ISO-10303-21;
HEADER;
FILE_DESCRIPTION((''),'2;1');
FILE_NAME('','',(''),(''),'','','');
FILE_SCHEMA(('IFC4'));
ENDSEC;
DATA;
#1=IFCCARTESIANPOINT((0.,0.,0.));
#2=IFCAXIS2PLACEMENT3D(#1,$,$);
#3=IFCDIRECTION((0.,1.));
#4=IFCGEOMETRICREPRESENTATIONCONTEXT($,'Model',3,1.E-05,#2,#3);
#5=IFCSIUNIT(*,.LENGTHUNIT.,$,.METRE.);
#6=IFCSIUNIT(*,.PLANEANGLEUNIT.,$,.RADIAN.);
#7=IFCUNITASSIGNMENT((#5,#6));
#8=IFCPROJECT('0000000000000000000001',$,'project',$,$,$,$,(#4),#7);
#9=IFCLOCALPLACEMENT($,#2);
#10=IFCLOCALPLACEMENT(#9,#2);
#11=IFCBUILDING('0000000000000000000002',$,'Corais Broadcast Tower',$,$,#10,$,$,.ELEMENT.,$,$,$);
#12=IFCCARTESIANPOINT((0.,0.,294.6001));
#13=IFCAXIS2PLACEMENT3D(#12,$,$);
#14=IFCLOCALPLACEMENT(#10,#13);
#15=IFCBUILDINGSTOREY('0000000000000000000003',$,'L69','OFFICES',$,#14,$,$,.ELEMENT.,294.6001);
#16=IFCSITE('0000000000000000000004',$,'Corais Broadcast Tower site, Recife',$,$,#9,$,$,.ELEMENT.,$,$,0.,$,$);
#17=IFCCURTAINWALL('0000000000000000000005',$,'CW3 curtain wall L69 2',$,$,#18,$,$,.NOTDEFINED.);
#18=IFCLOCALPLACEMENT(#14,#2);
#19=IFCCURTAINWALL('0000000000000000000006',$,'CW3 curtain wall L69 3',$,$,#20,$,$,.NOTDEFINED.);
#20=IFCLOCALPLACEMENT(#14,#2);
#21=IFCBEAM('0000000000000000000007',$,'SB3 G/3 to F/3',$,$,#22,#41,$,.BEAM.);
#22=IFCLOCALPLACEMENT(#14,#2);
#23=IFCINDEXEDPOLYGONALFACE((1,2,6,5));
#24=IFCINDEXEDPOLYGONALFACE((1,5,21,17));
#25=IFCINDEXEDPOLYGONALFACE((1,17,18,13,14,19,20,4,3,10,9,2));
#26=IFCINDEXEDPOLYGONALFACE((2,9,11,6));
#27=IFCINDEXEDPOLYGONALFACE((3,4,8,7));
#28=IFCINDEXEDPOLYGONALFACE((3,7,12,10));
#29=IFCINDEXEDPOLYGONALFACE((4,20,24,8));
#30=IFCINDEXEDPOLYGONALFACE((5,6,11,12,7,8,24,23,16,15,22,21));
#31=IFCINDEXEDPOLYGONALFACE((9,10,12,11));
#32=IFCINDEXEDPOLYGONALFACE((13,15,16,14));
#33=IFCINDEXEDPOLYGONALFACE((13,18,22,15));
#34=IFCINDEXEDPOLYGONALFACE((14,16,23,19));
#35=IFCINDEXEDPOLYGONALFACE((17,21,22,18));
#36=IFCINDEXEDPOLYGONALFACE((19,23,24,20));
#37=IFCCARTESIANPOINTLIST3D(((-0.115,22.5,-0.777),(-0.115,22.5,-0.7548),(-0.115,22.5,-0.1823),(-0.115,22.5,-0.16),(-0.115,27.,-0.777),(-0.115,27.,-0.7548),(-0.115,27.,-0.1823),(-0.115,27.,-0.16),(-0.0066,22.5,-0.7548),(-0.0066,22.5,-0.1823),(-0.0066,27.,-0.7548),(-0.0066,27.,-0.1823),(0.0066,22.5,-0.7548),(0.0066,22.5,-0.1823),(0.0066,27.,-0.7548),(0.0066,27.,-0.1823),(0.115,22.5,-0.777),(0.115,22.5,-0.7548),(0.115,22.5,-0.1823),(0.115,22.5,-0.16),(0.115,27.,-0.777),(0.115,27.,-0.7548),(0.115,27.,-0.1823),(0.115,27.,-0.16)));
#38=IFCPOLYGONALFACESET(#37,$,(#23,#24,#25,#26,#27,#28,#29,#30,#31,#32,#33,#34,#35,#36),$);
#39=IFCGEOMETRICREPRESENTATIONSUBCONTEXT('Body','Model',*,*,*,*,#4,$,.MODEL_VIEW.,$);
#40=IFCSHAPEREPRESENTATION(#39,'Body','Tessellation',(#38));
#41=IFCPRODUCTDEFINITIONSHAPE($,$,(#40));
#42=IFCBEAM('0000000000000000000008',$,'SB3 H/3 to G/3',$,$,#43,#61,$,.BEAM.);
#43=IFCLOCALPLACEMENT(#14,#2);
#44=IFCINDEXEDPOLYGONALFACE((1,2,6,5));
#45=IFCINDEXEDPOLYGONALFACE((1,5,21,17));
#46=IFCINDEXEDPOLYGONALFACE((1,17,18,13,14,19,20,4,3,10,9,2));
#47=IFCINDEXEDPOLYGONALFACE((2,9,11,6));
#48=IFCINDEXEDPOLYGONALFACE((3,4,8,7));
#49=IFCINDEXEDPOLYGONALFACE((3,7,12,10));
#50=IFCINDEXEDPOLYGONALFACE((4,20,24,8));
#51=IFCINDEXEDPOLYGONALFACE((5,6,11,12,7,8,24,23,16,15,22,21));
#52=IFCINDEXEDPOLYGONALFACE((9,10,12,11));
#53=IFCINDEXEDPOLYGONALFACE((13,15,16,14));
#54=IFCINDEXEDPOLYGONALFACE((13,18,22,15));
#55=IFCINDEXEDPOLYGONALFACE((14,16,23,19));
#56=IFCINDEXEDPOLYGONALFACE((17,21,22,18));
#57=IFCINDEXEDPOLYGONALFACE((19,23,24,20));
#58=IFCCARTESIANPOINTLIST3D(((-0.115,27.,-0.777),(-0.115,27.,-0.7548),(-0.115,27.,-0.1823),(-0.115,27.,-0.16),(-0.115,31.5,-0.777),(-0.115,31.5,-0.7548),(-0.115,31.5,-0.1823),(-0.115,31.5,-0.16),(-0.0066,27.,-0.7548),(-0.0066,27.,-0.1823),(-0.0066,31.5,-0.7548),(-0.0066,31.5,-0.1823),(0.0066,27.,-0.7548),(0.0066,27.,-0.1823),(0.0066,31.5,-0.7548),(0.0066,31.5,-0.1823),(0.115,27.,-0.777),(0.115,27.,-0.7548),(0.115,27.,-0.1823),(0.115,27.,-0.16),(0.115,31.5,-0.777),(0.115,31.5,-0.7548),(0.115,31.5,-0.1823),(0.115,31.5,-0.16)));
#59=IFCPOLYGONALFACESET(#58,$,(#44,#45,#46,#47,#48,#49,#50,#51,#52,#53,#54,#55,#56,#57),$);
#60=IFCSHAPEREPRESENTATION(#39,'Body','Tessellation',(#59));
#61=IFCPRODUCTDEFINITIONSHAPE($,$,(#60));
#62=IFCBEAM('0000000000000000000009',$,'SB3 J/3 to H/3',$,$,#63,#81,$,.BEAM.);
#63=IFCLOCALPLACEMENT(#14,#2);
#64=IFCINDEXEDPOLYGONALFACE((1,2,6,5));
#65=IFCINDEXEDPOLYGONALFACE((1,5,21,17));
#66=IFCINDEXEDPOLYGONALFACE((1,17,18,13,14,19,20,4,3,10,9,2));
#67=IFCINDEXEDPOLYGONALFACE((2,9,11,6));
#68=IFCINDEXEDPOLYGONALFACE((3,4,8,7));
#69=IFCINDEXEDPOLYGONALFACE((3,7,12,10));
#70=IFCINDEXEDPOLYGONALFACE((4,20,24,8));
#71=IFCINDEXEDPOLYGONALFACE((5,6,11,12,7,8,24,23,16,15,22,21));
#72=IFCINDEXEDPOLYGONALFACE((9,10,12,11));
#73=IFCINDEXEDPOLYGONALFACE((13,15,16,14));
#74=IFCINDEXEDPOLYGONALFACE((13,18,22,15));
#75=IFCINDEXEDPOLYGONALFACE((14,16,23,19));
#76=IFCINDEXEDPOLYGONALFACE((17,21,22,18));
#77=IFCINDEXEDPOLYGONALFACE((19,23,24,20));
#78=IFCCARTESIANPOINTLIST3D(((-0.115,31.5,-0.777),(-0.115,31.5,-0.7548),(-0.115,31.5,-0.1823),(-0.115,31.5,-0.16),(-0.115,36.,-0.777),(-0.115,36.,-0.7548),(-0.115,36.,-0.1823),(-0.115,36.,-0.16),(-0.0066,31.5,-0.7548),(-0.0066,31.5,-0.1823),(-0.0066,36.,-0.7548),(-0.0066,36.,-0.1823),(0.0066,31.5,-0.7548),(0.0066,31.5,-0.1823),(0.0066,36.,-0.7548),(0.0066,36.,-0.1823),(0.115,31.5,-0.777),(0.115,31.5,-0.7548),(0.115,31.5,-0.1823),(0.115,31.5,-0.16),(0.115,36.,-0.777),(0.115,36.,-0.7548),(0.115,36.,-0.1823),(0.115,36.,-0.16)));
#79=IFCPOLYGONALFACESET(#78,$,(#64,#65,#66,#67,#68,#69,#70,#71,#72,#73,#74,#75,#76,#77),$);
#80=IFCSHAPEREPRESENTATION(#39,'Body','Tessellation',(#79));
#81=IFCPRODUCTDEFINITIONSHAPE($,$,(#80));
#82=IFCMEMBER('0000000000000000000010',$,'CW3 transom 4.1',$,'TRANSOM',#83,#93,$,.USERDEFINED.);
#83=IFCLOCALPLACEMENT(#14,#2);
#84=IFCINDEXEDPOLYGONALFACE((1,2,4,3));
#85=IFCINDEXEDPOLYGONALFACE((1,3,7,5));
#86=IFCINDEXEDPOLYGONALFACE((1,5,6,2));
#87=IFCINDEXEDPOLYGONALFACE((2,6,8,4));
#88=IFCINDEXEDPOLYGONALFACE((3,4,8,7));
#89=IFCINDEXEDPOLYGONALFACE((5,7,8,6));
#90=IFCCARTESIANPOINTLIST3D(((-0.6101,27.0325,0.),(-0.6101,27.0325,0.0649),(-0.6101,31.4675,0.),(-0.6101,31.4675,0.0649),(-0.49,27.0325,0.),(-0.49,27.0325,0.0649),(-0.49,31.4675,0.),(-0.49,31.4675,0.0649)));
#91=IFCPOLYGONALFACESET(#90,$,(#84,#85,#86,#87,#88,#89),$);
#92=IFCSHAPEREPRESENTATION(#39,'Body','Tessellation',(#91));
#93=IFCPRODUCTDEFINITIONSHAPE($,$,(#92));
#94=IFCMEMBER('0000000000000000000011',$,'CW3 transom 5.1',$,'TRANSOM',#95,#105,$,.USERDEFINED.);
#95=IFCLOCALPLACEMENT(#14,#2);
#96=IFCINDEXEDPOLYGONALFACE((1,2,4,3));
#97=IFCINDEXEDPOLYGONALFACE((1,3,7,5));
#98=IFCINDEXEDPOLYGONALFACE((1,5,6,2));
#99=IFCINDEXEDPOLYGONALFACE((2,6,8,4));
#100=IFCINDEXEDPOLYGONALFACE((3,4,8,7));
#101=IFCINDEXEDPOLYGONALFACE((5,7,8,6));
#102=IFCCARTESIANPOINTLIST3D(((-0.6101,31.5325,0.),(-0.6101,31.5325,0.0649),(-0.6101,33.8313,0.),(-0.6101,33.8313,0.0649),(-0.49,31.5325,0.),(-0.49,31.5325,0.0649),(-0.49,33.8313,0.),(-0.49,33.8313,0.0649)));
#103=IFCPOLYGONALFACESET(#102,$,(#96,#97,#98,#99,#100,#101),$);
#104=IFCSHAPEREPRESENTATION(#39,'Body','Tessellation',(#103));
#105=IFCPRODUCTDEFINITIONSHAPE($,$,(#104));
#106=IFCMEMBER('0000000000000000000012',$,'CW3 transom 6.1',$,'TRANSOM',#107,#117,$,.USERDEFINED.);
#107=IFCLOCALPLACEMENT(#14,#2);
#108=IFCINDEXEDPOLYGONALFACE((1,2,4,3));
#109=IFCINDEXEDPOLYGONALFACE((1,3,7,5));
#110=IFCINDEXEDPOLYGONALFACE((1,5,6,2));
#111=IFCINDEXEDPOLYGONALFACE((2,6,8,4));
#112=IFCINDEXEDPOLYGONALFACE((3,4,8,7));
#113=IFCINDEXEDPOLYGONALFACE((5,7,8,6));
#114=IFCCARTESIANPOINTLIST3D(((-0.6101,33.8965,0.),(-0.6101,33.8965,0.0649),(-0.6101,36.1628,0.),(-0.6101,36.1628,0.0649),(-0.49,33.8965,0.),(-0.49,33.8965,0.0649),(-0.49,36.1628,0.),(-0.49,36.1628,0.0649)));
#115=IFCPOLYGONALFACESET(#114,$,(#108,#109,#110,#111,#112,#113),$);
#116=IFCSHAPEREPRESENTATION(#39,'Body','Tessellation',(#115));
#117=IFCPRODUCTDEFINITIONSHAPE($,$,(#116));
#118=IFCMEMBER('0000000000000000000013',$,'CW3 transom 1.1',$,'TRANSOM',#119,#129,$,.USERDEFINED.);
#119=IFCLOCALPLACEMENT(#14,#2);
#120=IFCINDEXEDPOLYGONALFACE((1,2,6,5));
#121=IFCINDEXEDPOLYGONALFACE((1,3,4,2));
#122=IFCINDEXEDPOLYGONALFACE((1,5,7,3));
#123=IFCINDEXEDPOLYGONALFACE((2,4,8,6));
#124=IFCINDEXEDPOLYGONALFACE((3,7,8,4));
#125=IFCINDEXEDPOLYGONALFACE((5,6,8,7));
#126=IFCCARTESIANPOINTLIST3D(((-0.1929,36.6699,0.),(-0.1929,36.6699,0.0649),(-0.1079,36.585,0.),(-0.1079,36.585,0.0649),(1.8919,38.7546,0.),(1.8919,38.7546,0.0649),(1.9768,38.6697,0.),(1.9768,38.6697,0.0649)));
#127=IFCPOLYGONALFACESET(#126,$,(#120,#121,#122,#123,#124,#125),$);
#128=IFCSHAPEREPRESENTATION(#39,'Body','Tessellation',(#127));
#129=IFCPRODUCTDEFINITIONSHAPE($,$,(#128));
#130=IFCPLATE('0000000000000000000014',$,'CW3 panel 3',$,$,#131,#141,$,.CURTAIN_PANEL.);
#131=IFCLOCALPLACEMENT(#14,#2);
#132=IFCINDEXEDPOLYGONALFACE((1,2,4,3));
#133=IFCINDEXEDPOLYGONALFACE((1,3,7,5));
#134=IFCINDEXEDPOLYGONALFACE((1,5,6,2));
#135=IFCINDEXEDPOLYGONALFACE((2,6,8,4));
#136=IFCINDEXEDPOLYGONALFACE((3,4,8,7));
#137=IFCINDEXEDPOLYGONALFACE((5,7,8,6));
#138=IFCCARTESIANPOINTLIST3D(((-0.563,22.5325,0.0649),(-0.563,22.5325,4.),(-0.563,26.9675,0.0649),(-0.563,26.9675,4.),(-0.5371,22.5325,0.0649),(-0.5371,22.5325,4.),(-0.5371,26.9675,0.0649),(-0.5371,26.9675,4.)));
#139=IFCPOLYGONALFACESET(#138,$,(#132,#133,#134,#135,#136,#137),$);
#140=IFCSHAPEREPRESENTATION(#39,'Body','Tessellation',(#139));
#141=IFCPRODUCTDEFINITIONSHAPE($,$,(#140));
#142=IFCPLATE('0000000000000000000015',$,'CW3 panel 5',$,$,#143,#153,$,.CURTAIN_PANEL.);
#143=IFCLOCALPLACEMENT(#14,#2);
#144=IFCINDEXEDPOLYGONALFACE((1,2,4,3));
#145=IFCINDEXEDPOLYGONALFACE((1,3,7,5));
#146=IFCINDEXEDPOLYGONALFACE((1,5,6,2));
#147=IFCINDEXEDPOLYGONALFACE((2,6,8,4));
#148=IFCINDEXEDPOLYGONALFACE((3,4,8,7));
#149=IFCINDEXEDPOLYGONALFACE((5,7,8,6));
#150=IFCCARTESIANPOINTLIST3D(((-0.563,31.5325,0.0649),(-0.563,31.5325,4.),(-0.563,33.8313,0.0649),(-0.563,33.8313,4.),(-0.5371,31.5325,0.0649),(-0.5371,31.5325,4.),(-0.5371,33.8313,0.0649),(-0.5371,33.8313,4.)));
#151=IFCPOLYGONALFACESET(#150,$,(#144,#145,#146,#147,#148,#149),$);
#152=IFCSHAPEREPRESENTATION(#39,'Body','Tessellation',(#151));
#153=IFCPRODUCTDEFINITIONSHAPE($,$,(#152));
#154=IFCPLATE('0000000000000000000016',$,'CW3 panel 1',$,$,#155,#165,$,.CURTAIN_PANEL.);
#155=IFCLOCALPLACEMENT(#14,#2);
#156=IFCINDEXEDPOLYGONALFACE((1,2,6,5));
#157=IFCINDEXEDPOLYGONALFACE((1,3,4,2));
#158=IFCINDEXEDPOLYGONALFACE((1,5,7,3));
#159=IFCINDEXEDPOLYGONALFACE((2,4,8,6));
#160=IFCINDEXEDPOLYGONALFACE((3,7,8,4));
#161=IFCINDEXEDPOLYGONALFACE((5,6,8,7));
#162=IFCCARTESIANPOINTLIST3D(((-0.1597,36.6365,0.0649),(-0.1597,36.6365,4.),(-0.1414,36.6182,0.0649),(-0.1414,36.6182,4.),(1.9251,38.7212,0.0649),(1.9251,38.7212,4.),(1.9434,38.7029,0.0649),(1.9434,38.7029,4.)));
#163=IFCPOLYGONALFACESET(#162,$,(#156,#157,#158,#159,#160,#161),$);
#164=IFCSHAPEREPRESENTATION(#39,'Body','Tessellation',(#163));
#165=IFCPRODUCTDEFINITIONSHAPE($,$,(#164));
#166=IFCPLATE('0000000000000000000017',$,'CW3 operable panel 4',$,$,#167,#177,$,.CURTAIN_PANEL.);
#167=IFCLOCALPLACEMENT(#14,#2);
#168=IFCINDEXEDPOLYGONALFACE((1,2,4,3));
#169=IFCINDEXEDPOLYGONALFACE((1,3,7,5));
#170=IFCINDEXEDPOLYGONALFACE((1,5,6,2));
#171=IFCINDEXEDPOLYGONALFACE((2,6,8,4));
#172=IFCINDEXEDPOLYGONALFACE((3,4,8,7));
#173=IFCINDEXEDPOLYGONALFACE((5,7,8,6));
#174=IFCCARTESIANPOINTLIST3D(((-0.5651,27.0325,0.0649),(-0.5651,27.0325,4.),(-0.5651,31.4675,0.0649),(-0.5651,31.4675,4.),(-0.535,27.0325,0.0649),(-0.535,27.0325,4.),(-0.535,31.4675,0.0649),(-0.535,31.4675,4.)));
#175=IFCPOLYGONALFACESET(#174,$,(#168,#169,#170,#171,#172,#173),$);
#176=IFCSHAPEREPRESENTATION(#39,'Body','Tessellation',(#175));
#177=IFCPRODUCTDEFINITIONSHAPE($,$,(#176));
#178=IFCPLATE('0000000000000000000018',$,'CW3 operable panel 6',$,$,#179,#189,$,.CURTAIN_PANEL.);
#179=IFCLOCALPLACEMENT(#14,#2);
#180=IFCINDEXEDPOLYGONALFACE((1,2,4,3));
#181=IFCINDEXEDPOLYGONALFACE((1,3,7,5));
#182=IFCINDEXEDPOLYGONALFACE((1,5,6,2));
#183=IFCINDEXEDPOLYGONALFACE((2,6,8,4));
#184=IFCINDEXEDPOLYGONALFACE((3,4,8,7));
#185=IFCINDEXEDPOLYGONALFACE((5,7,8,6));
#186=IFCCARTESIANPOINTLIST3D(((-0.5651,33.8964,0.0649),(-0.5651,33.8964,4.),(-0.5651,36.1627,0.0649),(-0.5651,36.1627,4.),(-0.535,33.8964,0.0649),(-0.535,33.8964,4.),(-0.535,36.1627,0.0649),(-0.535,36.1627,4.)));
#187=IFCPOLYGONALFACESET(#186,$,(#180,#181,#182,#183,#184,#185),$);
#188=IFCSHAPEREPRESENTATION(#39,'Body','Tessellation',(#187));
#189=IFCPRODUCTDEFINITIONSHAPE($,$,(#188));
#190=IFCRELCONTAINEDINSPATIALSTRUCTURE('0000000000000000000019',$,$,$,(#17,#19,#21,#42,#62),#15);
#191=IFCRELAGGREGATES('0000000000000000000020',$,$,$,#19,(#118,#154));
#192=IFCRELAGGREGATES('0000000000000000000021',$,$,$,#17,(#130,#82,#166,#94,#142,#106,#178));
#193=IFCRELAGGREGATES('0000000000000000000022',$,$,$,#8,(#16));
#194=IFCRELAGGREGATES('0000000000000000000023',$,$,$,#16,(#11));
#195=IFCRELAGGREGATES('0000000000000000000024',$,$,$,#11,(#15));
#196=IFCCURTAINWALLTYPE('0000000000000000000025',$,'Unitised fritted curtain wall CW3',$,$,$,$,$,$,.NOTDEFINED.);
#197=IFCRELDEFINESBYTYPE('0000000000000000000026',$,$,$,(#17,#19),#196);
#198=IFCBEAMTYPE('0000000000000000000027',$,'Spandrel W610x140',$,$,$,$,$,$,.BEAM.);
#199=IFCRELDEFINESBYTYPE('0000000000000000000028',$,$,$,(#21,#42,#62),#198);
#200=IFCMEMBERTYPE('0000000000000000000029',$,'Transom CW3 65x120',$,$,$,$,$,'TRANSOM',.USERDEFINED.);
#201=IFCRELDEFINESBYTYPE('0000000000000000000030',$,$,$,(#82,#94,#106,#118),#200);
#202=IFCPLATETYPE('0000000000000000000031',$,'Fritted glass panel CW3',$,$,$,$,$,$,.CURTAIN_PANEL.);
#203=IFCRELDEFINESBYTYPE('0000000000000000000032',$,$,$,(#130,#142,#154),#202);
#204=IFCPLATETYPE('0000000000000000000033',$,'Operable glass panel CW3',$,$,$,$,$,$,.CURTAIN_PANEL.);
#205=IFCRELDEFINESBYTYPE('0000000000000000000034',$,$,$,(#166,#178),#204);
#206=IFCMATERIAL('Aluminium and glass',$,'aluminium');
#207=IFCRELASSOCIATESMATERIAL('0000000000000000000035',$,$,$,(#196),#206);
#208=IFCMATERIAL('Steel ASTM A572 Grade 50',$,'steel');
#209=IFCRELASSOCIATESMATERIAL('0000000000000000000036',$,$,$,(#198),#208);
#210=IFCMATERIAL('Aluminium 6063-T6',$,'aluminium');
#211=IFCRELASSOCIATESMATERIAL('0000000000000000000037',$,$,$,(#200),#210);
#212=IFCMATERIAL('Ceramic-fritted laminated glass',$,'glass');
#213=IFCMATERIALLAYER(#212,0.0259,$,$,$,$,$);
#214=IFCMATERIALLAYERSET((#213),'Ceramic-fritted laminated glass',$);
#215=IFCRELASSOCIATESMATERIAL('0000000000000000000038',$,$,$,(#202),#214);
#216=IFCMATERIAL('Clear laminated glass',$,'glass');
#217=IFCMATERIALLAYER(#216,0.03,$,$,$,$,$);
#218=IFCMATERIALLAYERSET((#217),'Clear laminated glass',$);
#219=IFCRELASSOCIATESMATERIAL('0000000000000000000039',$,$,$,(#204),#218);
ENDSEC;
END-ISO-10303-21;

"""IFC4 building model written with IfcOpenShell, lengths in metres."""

from ifc_helpers import new_model, si_unit, direction, frame, origin, origin_2d, place, context, subcontext, project, spatial, rectangle, i_section, extrude, material, layer, layer_set, material_profile, profile_set, type_object, element, aggregate, save


model = new_model("IFC4")

# Units and contexts
model_context = context("Model", 3, precision=1e-05, world=origin(), true_north=direction((0.0, 1.0)))
body_context = subcontext(model_context, "Body", "Model", "MODEL_VIEW")
ifc_project = project(units=[si_unit("LENGTHUNIT", "METRE"), si_unit("PLANEANGLEUNIT", "RADIAN")], contexts=[model_context])

# Site, building, storey
site_placement = place(None, origin())
site = spatial("IfcSite", under=ifc_project, at=site_placement, Name="Corais Broadcast Tower site, Recife", CompositionType="ELEMENT", RefElevation=0.0)
building_placement = place(site_placement, origin())
building = spatial("IfcBuilding", under=site, at=building_placement, Name="Corais Broadcast Tower", CompositionType="ELEMENT")
storey_placement = place(building_placement, frame((0.0, 0.0, 294.6001)))
storey = spatial("IfcBuildingStorey", under=building, at=storey_placement, Name="L69", Description="OFFICES", CompositionType="ELEMENT", Elevation=294.6001)

# Curtain walls
ifc_material_1 = material(Name="Aluminium and glass", Category="aluminium")
curtain_wall_type = type_object("IfcCurtainWallType", Name="Unitised fritted curtain wall CW3", PredefinedType="NOTDEFINED", material=ifc_material_1)
curtain_wall_1_placement = place(storey_placement, origin())
curtain_wall_1 = element("IfcCurtainWall", 1, at=curtain_wall_1_placement, inside=storey, type_object=curtain_wall_type, Name="CW3 curtain wall L69 2", PredefinedType="NOTDEFINED")
curtain_wall_2_placement = place(storey_placement, origin())
curtain_wall_2 = element("IfcCurtainWall", 2, at=curtain_wall_2_placement, inside=storey, type_object=curtain_wall_type, Name="CW3 curtain wall L69 3", PredefinedType="NOTDEFINED")

# Beams
ifc_material_2 = material(Name="Steel ASTM A572 Grade 50", Category="steel")
ifc_material_profile_1 = material_profile(ifc_material_2, i_section(OverallWidth=0.23, OverallDepth=0.6169, WebThickness=0.0132, FlangeThickness=0.0222, at=origin_2d()), Name="W610x140")
ifc_profile_set_1 = profile_set([ifc_material_profile_1], Name="Steel ASTM A572 Grade 50")
beam_type_1 = type_object("IfcBeamType", Name="Spandrel W610x140", PredefinedType="BEAM", material=ifc_profile_set_1)
for number, where, z_axis, x_axis, name in (
    (3, (0.0, 27.0, -0.4685), (0.0, -1.0, 0.0), (1.0, 0.0, 0.0), "SB3 G/3 to F/3"),
    (4, (0.0, 31.5, -0.4685), (0.0, -1.0, 0.0), (1.0, 0.0, 0.0), "SB3 H/3 to G/3"),
    (5, (0.0, 36.0, -0.4685), (0.0, -1.0, 0.0), (1.0, 0.0, 0.0), "SB3 J/3 to H/3"),
):
    element("IfcBeam", number, at=place(storey_placement, frame(where, z_axis=z_axis, x_axis=x_axis)), inside=storey, type_object=beam_type_1, Name=name, PredefinedType="BEAM", context=body_context, shape_type="SweptSolid", body=[
        extrude(i_section(OverallWidth=0.23, OverallDepth=0.6169, WebThickness=0.0132, FlangeThickness=0.0222, at=origin_2d()), origin(), (0.0, 0.0, 1.0), 4.5),
    ])

# Members
ifc_material_3 = material(Name="Aluminium 6063-T6", Category="aluminium")
ifc_material_profile_2 = material_profile(ifc_material_3, rectangle(XDim=0.1201, YDim=0.0649, at=origin_2d()), Name="Transom CW3 65x120")
ifc_profile_set_2 = profile_set([ifc_material_profile_2], Name="Aluminium 6063-T6")
member_type_1 = type_object("IfcMemberType", Name="Transom CW3 65x120", ElementType="TRANSOM", PredefinedType="USERDEFINED", material=ifc_profile_set_2)
member_1_placement = place(storey_placement, frame((-0.55, 27.0325, 0.0325), z_axis=(0.0, 1.0, 0.0), x_axis=(-1.0, 0.0, 0.0)))
member_1 = element("IfcMember", 6, at=member_1_placement, type_object=member_type_1, Name="CW3 transom 4.1", ObjectType="TRANSOM", PredefinedType="USERDEFINED", context=body_context, shape_type="SweptSolid", body=[
    extrude(rectangle(XDim=0.1201, YDim=0.0649, at=origin_2d()), origin(), (0.0, 0.0, 1.0), 4.4351),
])
member_2_placement = place(storey_placement, frame((-0.55, 31.5325, 0.0325), z_axis=(0.0, 1.0, 0.0), x_axis=(-1.0, 0.0, 0.0)))
member_2 = element("IfcMember", 7, at=member_2_placement, type_object=member_type_1, Name="CW3 transom 5.1", ObjectType="TRANSOM", PredefinedType="USERDEFINED", context=body_context, shape_type="SweptSolid", body=[
    extrude(rectangle(XDim=0.1201, YDim=0.0649, at=origin_2d()), origin(), (0.0, 0.0, 1.0), 2.2988),
])
member_3_placement = place(storey_placement, frame((-0.55, 33.8965, 0.0325), z_axis=(0.0, 1.0, 0.0), x_axis=(-1.0, 0.0, 0.0)))
member_3 = element("IfcMember", 8, at=member_3_placement, type_object=member_type_1, Name="CW3 transom 6.1", ObjectType="TRANSOM", PredefinedType="USERDEFINED", context=body_context, shape_type="SweptSolid", body=[
    extrude(rectangle(XDim=0.1201, YDim=0.0649, at=origin_2d()), origin(), (0.0, 0.0, 1.0), 2.2664),
])
member_4_placement = place(storey_placement, frame((-0.1504, 36.6274, 0.0325), z_axis=(0.707107, 0.707107, 0.0), x_axis=(-0.707107, 0.707107, 0.0)))
member_4 = element("IfcMember", 9, at=member_4_placement, type_object=member_type_1, Name="CW3 transom 1.1", ObjectType="TRANSOM", PredefinedType="USERDEFINED", context=body_context, shape_type="SweptSolid", body=[
    extrude(rectangle(XDim=0.1201, YDim=0.0649, at=origin_2d()), origin(), (0.0, 0.0, 1.0), 2.9482),
])

# Plates
ifc_material_4 = material(Name="Ceramic-fritted laminated glass", Category="glass")
ifc_layer_1 = layer(ifc_material_4, 0.0259)
ifc_layer_set_1 = layer_set([ifc_layer_1], Name="Ceramic-fritted laminated glass")
plate_type_1 = type_object("IfcPlateType", Name="Fritted glass panel CW3", PredefinedType="CURTAIN_PANEL", material=ifc_layer_set_1)
plate_1_placement = place(storey_placement, frame((-0.55, 24.75, 0.0649), z_axis=(0.0, 0.0, 1.0), x_axis=(0.0, 1.0, 0.0)))
plate_1 = element("IfcPlate", 10, at=plate_1_placement, type_object=plate_type_1, Name="CW3 panel 3", PredefinedType="CURTAIN_PANEL", context=body_context, shape_type="SweptSolid", body=[
    extrude(rectangle(XDim=4.4351, YDim=0.0259, at=origin_2d()), origin(), (0.0, 0.0, 1.0), 3.9351),
])
plate_2_placement = place(storey_placement, frame((-0.55, 32.6819, 0.0649), z_axis=(0.0, 0.0, 1.0), x_axis=(0.0, 1.0, 0.0)))
plate_2 = element("IfcPlate", 11, at=plate_2_placement, type_object=plate_type_1, Name="CW3 panel 5", PredefinedType="CURTAIN_PANEL", context=body_context, shape_type="SweptSolid", body=[
    extrude(rectangle(XDim=2.2988, YDim=0.0259, at=origin_2d()), origin(), (0.0, 0.0, 1.0), 3.9351),
])
plate_3_placement = place(storey_placement, frame((0.8918, 37.6697, 0.0649), z_axis=(0.0, 0.0, 1.0), x_axis=(0.707107, 0.707107, 0.0)))
plate_3 = element("IfcPlate", 12, at=plate_3_placement, type_object=plate_type_1, Name="CW3 panel 1", PredefinedType="CURTAIN_PANEL", context=body_context, shape_type="SweptSolid", body=[
    extrude(rectangle(XDim=2.9482, YDim=0.0259, at=origin_2d()), origin(), (0.0, 0.0, 1.0), 3.9351),
])
aggregate(curtain_wall_2, [member_4, plate_3])
ifc_material_5 = material(Name="Clear laminated glass", Category="glass")
ifc_layer_2 = layer(ifc_material_5, 0.03)
ifc_layer_set_2 = layer_set([ifc_layer_2], Name="Clear laminated glass")
plate_type_2 = type_object("IfcPlateType", Name="Operable glass panel CW3", PredefinedType="CURTAIN_PANEL", material=ifc_layer_set_2)
plate_4_placement = place(storey_placement, frame((-0.55, 29.25, 0.0649), z_axis=(0.0, 0.0, 1.0), x_axis=(0.0, 1.0, 0.0)))
plate_4 = element("IfcPlate", 13, at=plate_4_placement, type_object=plate_type_2, Name="CW3 operable panel 4", PredefinedType="CURTAIN_PANEL", context=body_context, shape_type="SweptSolid", body=[
    extrude(rectangle(XDim=4.4351, YDim=0.03, at=origin_2d()), origin(), (0.0, 0.0, 1.0), 3.9351),
])
plate_5_placement = place(storey_placement, frame((-0.55, 35.0295, 0.0649), z_axis=(0.0, 0.0, 1.0), x_axis=(0.0, 1.0, 0.0)))
plate_5 = element("IfcPlate", 14, at=plate_5_placement, type_object=plate_type_2, Name="CW3 operable panel 6", PredefinedType="CURTAIN_PANEL", context=body_context, shape_type="SweptSolid", body=[
    extrude(rectangle(XDim=2.2664, YDim=0.03, at=origin_2d()), origin(), (0.0, 0.0, 1.0), 3.9351),
])
aggregate(curtain_wall_1, [plate_1, member_1, plate_4, member_2, plate_2, member_3, plate_5])

save(model, "model.ifc")
